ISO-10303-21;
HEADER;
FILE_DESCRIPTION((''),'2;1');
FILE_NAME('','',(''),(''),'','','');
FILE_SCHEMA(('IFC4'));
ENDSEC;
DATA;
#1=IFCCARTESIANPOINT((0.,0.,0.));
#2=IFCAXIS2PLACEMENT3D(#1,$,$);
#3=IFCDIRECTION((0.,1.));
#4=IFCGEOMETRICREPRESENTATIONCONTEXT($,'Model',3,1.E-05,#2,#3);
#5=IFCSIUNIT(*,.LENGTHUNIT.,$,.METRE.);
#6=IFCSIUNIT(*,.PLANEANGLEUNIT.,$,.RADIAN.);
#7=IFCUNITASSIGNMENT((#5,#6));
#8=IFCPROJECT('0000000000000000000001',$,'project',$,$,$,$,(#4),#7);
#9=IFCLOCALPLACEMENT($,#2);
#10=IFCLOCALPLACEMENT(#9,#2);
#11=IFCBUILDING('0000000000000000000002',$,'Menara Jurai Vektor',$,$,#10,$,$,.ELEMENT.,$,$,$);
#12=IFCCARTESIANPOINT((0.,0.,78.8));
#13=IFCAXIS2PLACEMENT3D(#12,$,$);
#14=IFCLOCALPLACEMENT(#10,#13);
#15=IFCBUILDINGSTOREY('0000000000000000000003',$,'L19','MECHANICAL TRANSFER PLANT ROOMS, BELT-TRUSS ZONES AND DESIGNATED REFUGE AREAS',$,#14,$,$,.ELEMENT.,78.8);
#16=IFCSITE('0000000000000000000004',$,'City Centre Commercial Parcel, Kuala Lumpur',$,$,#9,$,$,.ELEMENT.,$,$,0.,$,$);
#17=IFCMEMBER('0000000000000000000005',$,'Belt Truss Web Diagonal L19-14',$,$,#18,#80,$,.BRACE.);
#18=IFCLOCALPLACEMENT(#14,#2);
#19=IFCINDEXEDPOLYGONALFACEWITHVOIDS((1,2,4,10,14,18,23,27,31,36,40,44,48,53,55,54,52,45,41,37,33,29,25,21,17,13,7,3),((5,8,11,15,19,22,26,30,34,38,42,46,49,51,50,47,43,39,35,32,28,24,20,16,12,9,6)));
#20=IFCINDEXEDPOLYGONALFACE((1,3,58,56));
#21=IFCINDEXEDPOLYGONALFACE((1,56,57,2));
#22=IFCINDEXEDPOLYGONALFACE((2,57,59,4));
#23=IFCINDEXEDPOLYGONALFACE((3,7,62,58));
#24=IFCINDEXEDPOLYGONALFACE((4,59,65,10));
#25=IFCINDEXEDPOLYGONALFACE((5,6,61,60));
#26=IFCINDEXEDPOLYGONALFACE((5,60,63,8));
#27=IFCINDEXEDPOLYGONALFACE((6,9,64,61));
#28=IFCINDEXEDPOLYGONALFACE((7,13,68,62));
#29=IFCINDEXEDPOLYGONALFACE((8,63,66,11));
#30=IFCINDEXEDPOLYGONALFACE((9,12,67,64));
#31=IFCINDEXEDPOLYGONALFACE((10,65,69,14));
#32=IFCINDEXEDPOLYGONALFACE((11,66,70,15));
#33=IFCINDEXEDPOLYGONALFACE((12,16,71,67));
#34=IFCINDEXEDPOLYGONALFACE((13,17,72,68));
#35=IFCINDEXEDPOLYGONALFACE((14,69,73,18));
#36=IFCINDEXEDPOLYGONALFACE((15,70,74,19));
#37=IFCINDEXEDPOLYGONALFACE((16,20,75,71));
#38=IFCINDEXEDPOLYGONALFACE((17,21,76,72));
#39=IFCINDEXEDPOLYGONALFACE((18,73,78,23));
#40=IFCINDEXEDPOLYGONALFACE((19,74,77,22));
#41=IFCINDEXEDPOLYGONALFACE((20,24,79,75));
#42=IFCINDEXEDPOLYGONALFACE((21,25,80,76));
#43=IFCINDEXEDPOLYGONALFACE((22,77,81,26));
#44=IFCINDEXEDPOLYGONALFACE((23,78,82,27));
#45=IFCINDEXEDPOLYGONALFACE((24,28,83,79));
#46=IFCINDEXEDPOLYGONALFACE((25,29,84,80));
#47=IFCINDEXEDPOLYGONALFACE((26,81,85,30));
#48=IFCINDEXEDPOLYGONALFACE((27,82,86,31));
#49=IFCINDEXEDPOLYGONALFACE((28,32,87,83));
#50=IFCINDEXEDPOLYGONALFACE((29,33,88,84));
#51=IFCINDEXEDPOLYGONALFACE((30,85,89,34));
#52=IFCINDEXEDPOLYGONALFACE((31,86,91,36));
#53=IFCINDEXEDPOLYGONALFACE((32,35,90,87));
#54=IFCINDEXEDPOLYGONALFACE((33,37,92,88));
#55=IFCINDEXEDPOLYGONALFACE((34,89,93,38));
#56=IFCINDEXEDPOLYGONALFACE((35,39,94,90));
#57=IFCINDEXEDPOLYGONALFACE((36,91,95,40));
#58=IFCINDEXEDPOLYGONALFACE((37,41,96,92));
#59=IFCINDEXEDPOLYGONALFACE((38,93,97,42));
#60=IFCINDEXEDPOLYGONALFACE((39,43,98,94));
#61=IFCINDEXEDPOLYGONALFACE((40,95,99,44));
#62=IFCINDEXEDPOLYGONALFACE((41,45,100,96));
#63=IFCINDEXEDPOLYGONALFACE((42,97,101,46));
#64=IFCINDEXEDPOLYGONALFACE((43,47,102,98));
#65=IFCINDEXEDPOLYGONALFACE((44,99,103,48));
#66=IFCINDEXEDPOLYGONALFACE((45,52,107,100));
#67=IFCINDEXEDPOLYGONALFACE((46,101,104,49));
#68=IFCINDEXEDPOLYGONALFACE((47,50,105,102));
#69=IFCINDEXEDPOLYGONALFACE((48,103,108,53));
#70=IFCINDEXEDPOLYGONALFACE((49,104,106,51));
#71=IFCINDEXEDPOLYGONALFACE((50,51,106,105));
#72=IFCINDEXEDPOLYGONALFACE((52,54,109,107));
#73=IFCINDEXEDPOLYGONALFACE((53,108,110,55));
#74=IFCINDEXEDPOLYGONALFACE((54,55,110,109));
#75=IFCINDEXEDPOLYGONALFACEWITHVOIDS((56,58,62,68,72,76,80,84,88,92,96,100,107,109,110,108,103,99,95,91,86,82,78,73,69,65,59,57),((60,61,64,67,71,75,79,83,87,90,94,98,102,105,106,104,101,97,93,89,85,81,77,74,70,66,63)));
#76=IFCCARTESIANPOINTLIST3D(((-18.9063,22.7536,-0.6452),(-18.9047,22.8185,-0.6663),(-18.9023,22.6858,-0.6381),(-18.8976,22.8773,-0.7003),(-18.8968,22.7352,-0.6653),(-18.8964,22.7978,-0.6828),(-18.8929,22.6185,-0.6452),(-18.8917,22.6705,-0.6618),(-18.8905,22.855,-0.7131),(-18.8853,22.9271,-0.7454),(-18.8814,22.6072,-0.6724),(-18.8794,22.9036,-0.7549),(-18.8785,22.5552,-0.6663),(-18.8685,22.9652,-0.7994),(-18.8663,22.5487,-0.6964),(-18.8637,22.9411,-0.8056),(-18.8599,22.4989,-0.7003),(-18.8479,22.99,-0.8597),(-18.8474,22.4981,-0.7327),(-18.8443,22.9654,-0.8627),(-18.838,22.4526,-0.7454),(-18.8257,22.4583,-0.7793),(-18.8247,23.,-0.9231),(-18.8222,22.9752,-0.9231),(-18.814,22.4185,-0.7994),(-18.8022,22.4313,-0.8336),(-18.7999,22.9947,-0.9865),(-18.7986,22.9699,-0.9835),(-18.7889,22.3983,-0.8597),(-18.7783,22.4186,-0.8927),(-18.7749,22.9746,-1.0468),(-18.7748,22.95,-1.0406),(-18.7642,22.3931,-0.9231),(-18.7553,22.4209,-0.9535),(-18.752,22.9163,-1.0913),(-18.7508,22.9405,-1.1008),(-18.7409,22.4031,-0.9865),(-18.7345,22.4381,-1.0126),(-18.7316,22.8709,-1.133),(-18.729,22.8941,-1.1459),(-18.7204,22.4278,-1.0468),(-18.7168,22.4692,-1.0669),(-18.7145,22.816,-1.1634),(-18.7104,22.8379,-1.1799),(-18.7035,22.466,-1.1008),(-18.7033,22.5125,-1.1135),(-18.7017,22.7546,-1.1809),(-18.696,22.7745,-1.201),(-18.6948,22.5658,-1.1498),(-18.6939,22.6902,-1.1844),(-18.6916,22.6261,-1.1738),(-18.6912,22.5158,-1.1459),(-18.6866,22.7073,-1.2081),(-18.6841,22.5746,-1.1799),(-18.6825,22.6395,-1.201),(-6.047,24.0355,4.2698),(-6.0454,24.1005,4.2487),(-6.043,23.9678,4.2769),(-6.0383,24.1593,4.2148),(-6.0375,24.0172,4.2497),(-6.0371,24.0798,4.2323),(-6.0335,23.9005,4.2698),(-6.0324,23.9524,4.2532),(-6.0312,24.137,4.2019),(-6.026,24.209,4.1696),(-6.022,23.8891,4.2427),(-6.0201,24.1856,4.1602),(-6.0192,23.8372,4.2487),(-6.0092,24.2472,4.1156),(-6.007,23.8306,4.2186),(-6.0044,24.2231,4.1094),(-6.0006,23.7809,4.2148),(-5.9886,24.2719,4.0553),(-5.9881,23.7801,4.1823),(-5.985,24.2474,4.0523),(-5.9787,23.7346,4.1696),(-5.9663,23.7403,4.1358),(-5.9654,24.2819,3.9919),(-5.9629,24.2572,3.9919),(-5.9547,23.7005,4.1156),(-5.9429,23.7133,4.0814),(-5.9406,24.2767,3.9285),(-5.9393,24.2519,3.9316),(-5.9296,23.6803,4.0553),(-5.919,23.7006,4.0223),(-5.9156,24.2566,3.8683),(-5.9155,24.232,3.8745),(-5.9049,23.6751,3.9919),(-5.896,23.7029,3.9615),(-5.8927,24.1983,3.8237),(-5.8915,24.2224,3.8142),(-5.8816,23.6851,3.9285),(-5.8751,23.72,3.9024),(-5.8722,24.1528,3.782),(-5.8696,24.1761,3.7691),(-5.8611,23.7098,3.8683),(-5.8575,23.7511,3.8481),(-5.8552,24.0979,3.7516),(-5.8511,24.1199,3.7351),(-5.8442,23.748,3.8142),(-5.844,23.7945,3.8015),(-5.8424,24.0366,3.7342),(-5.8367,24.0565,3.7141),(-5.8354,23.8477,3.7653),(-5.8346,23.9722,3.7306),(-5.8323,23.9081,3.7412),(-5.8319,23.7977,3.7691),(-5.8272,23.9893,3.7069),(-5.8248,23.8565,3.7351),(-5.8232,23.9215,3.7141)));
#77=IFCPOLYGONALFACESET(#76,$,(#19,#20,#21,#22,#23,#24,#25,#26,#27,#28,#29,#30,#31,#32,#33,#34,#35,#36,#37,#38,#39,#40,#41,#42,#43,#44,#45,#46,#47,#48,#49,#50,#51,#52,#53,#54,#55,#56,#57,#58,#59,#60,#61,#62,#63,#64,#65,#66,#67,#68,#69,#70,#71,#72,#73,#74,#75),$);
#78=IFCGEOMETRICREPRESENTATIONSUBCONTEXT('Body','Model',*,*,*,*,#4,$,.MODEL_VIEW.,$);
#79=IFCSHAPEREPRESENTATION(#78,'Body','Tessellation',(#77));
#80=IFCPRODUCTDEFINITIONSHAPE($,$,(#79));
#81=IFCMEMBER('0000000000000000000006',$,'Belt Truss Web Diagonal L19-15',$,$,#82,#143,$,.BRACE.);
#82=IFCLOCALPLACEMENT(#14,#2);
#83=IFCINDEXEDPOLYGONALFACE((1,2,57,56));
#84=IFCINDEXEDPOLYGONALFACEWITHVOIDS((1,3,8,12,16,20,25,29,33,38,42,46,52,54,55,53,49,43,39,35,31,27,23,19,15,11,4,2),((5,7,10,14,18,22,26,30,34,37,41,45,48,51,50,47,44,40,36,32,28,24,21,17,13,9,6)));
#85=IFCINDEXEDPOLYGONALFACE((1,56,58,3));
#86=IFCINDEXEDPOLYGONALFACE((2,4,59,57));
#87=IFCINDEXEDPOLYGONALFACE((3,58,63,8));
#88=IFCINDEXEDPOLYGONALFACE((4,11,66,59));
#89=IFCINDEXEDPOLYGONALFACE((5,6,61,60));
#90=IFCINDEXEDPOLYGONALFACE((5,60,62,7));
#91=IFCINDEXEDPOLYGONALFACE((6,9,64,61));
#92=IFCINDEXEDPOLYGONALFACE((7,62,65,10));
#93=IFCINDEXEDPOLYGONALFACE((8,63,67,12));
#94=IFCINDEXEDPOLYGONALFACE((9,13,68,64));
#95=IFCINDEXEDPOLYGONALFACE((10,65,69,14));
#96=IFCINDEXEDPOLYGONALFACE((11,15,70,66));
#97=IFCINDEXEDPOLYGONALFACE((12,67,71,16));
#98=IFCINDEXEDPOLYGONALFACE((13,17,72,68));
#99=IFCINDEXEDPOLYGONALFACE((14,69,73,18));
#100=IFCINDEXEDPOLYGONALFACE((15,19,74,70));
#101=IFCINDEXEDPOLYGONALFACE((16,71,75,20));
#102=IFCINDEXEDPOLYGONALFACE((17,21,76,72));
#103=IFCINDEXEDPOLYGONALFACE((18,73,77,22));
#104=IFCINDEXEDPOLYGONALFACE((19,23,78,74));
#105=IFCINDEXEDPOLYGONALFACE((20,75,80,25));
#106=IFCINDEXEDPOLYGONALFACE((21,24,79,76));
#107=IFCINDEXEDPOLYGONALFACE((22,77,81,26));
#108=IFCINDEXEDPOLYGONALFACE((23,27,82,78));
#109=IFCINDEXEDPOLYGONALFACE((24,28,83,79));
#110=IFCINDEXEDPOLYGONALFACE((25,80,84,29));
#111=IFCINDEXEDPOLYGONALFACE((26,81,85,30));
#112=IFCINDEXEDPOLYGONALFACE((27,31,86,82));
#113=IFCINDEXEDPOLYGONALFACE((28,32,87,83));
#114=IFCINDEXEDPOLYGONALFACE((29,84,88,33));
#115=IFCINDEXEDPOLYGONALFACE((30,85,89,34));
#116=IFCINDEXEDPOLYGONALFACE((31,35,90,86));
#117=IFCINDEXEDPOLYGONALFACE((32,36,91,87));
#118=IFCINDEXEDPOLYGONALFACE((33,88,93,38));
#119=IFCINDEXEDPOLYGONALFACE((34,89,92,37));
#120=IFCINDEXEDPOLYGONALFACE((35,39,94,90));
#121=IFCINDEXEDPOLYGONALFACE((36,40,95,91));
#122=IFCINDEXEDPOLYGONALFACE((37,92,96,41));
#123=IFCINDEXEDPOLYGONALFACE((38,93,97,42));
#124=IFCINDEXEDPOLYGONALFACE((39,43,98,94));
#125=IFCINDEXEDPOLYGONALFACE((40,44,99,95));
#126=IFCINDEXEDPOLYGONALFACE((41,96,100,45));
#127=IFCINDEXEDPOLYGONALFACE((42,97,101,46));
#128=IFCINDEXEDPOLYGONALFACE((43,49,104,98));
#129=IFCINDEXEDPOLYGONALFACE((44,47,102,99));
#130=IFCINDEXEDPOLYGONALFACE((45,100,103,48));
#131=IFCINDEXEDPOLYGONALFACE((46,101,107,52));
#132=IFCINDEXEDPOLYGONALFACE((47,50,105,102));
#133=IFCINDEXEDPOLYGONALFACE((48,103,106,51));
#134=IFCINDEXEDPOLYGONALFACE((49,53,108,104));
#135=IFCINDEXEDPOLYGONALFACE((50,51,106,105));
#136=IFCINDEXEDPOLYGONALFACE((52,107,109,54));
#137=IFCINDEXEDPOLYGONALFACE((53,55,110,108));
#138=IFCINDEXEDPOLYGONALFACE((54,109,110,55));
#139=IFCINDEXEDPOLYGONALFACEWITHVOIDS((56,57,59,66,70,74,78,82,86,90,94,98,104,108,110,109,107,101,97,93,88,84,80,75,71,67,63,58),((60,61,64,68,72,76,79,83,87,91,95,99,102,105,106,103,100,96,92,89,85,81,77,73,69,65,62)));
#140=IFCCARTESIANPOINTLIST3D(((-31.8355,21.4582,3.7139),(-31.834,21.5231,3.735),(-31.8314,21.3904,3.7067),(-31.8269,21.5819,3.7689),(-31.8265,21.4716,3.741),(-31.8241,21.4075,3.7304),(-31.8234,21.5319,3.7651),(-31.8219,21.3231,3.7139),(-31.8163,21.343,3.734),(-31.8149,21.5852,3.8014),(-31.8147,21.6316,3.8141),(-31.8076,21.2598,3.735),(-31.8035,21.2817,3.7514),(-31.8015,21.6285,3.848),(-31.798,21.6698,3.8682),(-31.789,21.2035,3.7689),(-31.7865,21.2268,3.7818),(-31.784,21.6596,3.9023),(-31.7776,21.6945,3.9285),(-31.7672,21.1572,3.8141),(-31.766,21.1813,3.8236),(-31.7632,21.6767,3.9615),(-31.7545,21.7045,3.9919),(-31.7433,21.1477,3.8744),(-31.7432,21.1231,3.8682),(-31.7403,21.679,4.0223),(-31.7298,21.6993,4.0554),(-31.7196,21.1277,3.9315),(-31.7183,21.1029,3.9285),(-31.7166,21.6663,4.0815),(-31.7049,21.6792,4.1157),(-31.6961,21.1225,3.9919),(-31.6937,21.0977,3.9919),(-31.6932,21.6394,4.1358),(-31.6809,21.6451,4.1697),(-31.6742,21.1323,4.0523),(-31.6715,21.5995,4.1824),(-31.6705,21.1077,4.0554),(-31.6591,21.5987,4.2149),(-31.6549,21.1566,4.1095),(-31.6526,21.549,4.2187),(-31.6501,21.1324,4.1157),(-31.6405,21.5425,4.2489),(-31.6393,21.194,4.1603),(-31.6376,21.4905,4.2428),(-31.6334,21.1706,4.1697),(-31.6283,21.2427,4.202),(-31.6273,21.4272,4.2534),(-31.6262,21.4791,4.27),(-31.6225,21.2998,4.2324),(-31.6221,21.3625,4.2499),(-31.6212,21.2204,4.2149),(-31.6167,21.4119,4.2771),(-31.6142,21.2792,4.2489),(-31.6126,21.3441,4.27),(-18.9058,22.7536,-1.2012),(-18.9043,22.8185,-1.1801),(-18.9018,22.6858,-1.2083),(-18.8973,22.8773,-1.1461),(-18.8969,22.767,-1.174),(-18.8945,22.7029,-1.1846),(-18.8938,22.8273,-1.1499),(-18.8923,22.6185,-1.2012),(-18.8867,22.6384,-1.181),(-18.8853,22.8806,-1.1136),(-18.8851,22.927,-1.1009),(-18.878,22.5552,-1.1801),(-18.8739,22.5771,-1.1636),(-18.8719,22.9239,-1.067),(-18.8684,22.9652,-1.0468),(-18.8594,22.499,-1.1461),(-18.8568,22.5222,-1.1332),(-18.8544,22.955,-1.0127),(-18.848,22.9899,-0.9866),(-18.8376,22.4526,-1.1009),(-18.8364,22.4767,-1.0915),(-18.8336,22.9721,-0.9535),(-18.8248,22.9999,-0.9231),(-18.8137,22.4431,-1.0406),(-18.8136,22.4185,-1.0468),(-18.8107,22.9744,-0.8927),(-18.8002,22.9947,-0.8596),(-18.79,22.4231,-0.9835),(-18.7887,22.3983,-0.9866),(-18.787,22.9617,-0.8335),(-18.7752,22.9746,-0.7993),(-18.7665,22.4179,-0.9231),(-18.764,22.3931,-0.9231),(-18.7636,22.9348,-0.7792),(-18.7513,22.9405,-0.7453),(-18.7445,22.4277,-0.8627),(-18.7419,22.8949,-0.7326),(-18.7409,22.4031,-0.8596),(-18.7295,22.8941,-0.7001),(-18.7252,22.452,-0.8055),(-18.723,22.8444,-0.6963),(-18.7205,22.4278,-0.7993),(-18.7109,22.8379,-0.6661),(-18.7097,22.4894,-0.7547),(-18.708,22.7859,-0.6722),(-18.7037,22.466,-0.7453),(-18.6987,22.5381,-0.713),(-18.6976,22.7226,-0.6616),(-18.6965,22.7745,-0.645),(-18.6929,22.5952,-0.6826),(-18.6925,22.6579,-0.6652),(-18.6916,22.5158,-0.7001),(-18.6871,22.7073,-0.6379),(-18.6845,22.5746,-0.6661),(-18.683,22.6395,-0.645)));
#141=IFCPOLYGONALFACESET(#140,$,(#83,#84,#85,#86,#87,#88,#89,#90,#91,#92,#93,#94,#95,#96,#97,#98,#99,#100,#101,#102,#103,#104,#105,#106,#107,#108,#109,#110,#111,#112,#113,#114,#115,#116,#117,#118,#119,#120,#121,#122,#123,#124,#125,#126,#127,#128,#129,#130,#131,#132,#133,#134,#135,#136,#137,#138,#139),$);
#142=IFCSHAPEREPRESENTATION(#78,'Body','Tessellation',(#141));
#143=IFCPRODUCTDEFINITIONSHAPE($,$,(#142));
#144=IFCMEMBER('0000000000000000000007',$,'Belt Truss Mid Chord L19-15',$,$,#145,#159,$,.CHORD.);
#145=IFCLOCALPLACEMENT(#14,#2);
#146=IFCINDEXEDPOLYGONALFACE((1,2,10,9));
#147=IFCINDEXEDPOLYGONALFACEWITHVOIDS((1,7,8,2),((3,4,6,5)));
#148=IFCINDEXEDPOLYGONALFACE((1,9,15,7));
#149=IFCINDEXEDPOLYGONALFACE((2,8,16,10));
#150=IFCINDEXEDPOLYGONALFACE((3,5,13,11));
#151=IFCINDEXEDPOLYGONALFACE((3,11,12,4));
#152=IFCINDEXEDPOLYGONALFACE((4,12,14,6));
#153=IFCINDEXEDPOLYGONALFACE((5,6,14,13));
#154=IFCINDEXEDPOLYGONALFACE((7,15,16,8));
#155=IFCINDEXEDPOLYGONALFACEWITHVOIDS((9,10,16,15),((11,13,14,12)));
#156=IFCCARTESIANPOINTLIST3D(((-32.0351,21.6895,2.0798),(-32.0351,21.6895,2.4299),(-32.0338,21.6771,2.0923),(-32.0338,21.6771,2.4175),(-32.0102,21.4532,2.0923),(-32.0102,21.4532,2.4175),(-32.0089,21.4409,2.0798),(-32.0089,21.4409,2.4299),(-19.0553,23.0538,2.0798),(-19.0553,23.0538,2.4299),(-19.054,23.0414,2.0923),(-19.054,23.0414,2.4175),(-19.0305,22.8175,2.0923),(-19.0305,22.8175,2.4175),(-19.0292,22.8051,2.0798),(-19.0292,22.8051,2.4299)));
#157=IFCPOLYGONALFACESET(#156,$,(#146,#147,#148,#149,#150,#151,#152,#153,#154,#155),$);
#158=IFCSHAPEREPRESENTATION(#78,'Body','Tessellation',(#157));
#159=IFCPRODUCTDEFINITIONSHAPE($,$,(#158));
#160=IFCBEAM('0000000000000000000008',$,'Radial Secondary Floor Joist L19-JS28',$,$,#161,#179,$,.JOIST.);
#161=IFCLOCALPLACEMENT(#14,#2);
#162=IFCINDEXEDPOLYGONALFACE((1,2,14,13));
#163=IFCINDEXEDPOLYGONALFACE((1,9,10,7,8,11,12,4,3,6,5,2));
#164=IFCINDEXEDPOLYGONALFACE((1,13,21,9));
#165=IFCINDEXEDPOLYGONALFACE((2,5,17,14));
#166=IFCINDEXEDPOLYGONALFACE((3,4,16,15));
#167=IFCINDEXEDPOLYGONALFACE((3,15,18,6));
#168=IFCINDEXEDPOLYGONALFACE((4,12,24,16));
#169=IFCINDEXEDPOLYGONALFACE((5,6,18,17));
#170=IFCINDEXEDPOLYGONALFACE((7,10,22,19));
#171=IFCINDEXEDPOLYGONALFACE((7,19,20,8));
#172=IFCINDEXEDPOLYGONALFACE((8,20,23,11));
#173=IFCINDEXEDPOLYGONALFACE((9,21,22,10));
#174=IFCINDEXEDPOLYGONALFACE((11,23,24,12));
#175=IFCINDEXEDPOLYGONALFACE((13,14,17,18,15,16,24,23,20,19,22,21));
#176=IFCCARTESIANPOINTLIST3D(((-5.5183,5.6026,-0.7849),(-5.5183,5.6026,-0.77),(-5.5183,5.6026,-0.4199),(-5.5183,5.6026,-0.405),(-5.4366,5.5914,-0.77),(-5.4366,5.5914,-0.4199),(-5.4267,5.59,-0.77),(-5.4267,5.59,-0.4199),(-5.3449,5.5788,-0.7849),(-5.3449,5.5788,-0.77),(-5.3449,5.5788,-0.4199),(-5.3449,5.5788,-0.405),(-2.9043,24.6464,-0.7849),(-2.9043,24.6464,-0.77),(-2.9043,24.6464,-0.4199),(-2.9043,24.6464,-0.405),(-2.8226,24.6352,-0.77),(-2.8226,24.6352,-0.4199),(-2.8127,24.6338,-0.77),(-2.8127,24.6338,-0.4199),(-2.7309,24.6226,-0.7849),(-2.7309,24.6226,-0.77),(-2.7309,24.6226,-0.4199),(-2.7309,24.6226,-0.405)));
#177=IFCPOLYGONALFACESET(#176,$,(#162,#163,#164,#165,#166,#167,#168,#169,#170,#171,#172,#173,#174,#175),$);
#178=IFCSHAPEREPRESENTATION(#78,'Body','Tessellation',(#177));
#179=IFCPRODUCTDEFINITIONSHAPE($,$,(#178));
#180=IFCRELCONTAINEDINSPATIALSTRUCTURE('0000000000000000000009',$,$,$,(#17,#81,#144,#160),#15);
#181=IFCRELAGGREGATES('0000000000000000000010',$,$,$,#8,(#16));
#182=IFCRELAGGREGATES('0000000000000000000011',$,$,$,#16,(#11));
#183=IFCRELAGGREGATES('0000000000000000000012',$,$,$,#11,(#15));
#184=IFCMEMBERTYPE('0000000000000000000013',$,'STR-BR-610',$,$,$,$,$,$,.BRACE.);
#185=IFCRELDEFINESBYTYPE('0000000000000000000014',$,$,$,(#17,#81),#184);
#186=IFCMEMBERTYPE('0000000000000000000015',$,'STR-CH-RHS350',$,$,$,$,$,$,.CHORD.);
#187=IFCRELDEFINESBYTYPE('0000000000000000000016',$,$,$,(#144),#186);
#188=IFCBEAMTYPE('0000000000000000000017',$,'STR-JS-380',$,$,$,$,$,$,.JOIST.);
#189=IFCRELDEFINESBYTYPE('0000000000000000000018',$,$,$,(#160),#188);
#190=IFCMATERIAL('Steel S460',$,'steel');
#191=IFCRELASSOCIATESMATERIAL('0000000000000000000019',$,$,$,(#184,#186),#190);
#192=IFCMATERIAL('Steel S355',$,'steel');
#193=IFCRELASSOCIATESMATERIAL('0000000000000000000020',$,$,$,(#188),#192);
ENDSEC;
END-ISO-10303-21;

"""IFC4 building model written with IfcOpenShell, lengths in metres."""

from ifc_helpers import new_model, si_unit, direction, frame, origin, origin_2d, place, context, subcontext, project, spatial, hollow_rectangle, hollow_circle, i_section, extrude, material, material_profile, profile_set, type_object, element, save


model = new_model("IFC4")

# Units and contexts
model_context = context("Model", 3, precision=1e-05, world=origin(), true_north=direction((0.0, 1.0)))
body_context = subcontext(model_context, "Body", "Model", "MODEL_VIEW")
ifc_project = project(units=[si_unit("LENGTHUNIT", "METRE"), si_unit("PLANEANGLEUNIT", "RADIAN")], contexts=[model_context])

# Site, building, storey
site_placement = place(None, origin())
site = spatial("IfcSite", under=ifc_project, at=site_placement, Name="City Centre Commercial Parcel, Kuala Lumpur", CompositionType="ELEMENT", RefElevation=0.0)
building_placement = place(site_placement, origin())
building = spatial("IfcBuilding", under=site, at=building_placement, Name="Menara Jurai Vektor", CompositionType="ELEMENT")
storey_placement = place(building_placement, frame((0.0, 0.0, 78.8)))
storey = spatial("IfcBuildingStorey", under=building, at=storey_placement, Name="L19", Description="MECHANICAL TRANSFER PLANT ROOMS, BELT-TRUSS ZONES AND DESIGNATED REFUGE AREAS", CompositionType="ELEMENT", Elevation=78.8)

# Shared definitions
ifc_material_1 = material(Name="Steel S355", Category="steel")
ifc_material_2 = material(Name="Steel S460", Category="steel")

# Members
ifc_material_profile_1 = material_profile(ifc_material_2, hollow_circle(Radius=0.3049, WallThickness=0.0249, at=origin_2d()), Name="CHS 610x25")
ifc_profile_set_1 = profile_set([ifc_material_profile_1], Name="Steel S460")
member_type_1 = type_object("IfcMemberType", Name="STR-BR-610", PredefinedType="BRACE", material=ifc_profile_set_1)
member_1_placement = place(storey_placement, frame((-18.7944, 22.6965, -0.9231), z_axis=(0.930071, 0.092721, 0.355487), x_axis=(-0.099201, 0.995067, 0.0)))
element("IfcMember", 1, at=member_1_placement, inside=storey, type_object=member_type_1, Name="Belt Truss Web Diagonal L19-14", PredefinedType="BRACE", context=body_context, shape_type="SweptSolid", body=[
    extrude(hollow_circle(Radius=0.3049, WallThickness=0.0249, at=origin_2d()), origin(), (0.0, 0.0, 1.0), 13.8262),
])
member_2_placement = place(storey_placement, frame((-18.7944, 22.6965, -0.9231), z_axis=(-0.930669, -0.093243, 0.353781), x_axis=(0.09969, -0.995019, 0.0)))
element("IfcMember", 2, at=member_2_placement, inside=storey, type_object=member_type_1, Name="Belt Truss Web Diagonal L19-15", PredefinedType="BRACE", context=body_context, shape_type="SweptSolid", body=[
    extrude(hollow_circle(Radius=0.3049, WallThickness=0.0249, at=origin_2d()), origin(), (0.0, 0.0, 1.0), 13.8928),
])
ifc_material_profile_2 = material_profile(ifc_material_2, hollow_rectangle(XDim=0.25, YDim=0.3501, WallThickness=0.0125, at=origin_2d()), Name="RHS 350x250x12.5")
ifc_profile_set_2 = profile_set([ifc_material_profile_2], Name="Steel S460")
member_type_2 = type_object("IfcMemberType", Name="STR-CH-RHS350", PredefinedType="CHORD", material=ifc_profile_set_2)
member_3_placement = place(storey_placement, frame((-19.0422, 22.9294, 2.2549), z_axis=(-0.994522, -0.104531, 0.0), x_axis=(0.104531, -0.994522, 0.0)))
element("IfcMember", 3, at=member_3_placement, inside=storey, type_object=member_type_2, Name="Belt Truss Mid Chord L19-15", PredefinedType="CHORD", context=body_context, shape_type="SweptSolid", body=[
    extrude(hollow_rectangle(XDim=0.25, YDim=0.3501, WallThickness=0.0125, at=origin_2d()), origin(), (0.0, 0.0, 1.0), 13.0513),
])

# Beam
ifc_material_profile_3 = material_profile(ifc_material_1, i_section(OverallWidth=0.175, OverallDepth=0.3799, WebThickness=0.01, FlangeThickness=0.0149, at=origin_2d()), Name="PG 380x175x58")
ifc_profile_set_3 = profile_set([ifc_material_profile_3], Name="Steel S355")
beam_type_1 = type_object("IfcBeamType", Name="STR-JS-380", PredefinedType="JOIST", material=ifc_profile_set_3)
beam_1_placement = place(storey_placement, frame((-2.8176, 24.6345, -0.595), z_axis=(-0.135987, -0.990711, 0.0), x_axis=(0.990711, -0.135987, 0.0)))
element("IfcBeam", 4, at=beam_1_placement, inside=storey, type_object=beam_type_1, Name="Radial Secondary Floor Joist L19-JS28", PredefinedType="JOIST", context=body_context, shape_type="SweptSolid", body=[
    extrude(i_section(OverallWidth=0.175, OverallDepth=0.3799, WebThickness=0.01, FlangeThickness=0.0149, at=origin_2d()), origin(), (0.0, 0.0, 1.0), 19.2224),
])

save(model, "model.ifc")
